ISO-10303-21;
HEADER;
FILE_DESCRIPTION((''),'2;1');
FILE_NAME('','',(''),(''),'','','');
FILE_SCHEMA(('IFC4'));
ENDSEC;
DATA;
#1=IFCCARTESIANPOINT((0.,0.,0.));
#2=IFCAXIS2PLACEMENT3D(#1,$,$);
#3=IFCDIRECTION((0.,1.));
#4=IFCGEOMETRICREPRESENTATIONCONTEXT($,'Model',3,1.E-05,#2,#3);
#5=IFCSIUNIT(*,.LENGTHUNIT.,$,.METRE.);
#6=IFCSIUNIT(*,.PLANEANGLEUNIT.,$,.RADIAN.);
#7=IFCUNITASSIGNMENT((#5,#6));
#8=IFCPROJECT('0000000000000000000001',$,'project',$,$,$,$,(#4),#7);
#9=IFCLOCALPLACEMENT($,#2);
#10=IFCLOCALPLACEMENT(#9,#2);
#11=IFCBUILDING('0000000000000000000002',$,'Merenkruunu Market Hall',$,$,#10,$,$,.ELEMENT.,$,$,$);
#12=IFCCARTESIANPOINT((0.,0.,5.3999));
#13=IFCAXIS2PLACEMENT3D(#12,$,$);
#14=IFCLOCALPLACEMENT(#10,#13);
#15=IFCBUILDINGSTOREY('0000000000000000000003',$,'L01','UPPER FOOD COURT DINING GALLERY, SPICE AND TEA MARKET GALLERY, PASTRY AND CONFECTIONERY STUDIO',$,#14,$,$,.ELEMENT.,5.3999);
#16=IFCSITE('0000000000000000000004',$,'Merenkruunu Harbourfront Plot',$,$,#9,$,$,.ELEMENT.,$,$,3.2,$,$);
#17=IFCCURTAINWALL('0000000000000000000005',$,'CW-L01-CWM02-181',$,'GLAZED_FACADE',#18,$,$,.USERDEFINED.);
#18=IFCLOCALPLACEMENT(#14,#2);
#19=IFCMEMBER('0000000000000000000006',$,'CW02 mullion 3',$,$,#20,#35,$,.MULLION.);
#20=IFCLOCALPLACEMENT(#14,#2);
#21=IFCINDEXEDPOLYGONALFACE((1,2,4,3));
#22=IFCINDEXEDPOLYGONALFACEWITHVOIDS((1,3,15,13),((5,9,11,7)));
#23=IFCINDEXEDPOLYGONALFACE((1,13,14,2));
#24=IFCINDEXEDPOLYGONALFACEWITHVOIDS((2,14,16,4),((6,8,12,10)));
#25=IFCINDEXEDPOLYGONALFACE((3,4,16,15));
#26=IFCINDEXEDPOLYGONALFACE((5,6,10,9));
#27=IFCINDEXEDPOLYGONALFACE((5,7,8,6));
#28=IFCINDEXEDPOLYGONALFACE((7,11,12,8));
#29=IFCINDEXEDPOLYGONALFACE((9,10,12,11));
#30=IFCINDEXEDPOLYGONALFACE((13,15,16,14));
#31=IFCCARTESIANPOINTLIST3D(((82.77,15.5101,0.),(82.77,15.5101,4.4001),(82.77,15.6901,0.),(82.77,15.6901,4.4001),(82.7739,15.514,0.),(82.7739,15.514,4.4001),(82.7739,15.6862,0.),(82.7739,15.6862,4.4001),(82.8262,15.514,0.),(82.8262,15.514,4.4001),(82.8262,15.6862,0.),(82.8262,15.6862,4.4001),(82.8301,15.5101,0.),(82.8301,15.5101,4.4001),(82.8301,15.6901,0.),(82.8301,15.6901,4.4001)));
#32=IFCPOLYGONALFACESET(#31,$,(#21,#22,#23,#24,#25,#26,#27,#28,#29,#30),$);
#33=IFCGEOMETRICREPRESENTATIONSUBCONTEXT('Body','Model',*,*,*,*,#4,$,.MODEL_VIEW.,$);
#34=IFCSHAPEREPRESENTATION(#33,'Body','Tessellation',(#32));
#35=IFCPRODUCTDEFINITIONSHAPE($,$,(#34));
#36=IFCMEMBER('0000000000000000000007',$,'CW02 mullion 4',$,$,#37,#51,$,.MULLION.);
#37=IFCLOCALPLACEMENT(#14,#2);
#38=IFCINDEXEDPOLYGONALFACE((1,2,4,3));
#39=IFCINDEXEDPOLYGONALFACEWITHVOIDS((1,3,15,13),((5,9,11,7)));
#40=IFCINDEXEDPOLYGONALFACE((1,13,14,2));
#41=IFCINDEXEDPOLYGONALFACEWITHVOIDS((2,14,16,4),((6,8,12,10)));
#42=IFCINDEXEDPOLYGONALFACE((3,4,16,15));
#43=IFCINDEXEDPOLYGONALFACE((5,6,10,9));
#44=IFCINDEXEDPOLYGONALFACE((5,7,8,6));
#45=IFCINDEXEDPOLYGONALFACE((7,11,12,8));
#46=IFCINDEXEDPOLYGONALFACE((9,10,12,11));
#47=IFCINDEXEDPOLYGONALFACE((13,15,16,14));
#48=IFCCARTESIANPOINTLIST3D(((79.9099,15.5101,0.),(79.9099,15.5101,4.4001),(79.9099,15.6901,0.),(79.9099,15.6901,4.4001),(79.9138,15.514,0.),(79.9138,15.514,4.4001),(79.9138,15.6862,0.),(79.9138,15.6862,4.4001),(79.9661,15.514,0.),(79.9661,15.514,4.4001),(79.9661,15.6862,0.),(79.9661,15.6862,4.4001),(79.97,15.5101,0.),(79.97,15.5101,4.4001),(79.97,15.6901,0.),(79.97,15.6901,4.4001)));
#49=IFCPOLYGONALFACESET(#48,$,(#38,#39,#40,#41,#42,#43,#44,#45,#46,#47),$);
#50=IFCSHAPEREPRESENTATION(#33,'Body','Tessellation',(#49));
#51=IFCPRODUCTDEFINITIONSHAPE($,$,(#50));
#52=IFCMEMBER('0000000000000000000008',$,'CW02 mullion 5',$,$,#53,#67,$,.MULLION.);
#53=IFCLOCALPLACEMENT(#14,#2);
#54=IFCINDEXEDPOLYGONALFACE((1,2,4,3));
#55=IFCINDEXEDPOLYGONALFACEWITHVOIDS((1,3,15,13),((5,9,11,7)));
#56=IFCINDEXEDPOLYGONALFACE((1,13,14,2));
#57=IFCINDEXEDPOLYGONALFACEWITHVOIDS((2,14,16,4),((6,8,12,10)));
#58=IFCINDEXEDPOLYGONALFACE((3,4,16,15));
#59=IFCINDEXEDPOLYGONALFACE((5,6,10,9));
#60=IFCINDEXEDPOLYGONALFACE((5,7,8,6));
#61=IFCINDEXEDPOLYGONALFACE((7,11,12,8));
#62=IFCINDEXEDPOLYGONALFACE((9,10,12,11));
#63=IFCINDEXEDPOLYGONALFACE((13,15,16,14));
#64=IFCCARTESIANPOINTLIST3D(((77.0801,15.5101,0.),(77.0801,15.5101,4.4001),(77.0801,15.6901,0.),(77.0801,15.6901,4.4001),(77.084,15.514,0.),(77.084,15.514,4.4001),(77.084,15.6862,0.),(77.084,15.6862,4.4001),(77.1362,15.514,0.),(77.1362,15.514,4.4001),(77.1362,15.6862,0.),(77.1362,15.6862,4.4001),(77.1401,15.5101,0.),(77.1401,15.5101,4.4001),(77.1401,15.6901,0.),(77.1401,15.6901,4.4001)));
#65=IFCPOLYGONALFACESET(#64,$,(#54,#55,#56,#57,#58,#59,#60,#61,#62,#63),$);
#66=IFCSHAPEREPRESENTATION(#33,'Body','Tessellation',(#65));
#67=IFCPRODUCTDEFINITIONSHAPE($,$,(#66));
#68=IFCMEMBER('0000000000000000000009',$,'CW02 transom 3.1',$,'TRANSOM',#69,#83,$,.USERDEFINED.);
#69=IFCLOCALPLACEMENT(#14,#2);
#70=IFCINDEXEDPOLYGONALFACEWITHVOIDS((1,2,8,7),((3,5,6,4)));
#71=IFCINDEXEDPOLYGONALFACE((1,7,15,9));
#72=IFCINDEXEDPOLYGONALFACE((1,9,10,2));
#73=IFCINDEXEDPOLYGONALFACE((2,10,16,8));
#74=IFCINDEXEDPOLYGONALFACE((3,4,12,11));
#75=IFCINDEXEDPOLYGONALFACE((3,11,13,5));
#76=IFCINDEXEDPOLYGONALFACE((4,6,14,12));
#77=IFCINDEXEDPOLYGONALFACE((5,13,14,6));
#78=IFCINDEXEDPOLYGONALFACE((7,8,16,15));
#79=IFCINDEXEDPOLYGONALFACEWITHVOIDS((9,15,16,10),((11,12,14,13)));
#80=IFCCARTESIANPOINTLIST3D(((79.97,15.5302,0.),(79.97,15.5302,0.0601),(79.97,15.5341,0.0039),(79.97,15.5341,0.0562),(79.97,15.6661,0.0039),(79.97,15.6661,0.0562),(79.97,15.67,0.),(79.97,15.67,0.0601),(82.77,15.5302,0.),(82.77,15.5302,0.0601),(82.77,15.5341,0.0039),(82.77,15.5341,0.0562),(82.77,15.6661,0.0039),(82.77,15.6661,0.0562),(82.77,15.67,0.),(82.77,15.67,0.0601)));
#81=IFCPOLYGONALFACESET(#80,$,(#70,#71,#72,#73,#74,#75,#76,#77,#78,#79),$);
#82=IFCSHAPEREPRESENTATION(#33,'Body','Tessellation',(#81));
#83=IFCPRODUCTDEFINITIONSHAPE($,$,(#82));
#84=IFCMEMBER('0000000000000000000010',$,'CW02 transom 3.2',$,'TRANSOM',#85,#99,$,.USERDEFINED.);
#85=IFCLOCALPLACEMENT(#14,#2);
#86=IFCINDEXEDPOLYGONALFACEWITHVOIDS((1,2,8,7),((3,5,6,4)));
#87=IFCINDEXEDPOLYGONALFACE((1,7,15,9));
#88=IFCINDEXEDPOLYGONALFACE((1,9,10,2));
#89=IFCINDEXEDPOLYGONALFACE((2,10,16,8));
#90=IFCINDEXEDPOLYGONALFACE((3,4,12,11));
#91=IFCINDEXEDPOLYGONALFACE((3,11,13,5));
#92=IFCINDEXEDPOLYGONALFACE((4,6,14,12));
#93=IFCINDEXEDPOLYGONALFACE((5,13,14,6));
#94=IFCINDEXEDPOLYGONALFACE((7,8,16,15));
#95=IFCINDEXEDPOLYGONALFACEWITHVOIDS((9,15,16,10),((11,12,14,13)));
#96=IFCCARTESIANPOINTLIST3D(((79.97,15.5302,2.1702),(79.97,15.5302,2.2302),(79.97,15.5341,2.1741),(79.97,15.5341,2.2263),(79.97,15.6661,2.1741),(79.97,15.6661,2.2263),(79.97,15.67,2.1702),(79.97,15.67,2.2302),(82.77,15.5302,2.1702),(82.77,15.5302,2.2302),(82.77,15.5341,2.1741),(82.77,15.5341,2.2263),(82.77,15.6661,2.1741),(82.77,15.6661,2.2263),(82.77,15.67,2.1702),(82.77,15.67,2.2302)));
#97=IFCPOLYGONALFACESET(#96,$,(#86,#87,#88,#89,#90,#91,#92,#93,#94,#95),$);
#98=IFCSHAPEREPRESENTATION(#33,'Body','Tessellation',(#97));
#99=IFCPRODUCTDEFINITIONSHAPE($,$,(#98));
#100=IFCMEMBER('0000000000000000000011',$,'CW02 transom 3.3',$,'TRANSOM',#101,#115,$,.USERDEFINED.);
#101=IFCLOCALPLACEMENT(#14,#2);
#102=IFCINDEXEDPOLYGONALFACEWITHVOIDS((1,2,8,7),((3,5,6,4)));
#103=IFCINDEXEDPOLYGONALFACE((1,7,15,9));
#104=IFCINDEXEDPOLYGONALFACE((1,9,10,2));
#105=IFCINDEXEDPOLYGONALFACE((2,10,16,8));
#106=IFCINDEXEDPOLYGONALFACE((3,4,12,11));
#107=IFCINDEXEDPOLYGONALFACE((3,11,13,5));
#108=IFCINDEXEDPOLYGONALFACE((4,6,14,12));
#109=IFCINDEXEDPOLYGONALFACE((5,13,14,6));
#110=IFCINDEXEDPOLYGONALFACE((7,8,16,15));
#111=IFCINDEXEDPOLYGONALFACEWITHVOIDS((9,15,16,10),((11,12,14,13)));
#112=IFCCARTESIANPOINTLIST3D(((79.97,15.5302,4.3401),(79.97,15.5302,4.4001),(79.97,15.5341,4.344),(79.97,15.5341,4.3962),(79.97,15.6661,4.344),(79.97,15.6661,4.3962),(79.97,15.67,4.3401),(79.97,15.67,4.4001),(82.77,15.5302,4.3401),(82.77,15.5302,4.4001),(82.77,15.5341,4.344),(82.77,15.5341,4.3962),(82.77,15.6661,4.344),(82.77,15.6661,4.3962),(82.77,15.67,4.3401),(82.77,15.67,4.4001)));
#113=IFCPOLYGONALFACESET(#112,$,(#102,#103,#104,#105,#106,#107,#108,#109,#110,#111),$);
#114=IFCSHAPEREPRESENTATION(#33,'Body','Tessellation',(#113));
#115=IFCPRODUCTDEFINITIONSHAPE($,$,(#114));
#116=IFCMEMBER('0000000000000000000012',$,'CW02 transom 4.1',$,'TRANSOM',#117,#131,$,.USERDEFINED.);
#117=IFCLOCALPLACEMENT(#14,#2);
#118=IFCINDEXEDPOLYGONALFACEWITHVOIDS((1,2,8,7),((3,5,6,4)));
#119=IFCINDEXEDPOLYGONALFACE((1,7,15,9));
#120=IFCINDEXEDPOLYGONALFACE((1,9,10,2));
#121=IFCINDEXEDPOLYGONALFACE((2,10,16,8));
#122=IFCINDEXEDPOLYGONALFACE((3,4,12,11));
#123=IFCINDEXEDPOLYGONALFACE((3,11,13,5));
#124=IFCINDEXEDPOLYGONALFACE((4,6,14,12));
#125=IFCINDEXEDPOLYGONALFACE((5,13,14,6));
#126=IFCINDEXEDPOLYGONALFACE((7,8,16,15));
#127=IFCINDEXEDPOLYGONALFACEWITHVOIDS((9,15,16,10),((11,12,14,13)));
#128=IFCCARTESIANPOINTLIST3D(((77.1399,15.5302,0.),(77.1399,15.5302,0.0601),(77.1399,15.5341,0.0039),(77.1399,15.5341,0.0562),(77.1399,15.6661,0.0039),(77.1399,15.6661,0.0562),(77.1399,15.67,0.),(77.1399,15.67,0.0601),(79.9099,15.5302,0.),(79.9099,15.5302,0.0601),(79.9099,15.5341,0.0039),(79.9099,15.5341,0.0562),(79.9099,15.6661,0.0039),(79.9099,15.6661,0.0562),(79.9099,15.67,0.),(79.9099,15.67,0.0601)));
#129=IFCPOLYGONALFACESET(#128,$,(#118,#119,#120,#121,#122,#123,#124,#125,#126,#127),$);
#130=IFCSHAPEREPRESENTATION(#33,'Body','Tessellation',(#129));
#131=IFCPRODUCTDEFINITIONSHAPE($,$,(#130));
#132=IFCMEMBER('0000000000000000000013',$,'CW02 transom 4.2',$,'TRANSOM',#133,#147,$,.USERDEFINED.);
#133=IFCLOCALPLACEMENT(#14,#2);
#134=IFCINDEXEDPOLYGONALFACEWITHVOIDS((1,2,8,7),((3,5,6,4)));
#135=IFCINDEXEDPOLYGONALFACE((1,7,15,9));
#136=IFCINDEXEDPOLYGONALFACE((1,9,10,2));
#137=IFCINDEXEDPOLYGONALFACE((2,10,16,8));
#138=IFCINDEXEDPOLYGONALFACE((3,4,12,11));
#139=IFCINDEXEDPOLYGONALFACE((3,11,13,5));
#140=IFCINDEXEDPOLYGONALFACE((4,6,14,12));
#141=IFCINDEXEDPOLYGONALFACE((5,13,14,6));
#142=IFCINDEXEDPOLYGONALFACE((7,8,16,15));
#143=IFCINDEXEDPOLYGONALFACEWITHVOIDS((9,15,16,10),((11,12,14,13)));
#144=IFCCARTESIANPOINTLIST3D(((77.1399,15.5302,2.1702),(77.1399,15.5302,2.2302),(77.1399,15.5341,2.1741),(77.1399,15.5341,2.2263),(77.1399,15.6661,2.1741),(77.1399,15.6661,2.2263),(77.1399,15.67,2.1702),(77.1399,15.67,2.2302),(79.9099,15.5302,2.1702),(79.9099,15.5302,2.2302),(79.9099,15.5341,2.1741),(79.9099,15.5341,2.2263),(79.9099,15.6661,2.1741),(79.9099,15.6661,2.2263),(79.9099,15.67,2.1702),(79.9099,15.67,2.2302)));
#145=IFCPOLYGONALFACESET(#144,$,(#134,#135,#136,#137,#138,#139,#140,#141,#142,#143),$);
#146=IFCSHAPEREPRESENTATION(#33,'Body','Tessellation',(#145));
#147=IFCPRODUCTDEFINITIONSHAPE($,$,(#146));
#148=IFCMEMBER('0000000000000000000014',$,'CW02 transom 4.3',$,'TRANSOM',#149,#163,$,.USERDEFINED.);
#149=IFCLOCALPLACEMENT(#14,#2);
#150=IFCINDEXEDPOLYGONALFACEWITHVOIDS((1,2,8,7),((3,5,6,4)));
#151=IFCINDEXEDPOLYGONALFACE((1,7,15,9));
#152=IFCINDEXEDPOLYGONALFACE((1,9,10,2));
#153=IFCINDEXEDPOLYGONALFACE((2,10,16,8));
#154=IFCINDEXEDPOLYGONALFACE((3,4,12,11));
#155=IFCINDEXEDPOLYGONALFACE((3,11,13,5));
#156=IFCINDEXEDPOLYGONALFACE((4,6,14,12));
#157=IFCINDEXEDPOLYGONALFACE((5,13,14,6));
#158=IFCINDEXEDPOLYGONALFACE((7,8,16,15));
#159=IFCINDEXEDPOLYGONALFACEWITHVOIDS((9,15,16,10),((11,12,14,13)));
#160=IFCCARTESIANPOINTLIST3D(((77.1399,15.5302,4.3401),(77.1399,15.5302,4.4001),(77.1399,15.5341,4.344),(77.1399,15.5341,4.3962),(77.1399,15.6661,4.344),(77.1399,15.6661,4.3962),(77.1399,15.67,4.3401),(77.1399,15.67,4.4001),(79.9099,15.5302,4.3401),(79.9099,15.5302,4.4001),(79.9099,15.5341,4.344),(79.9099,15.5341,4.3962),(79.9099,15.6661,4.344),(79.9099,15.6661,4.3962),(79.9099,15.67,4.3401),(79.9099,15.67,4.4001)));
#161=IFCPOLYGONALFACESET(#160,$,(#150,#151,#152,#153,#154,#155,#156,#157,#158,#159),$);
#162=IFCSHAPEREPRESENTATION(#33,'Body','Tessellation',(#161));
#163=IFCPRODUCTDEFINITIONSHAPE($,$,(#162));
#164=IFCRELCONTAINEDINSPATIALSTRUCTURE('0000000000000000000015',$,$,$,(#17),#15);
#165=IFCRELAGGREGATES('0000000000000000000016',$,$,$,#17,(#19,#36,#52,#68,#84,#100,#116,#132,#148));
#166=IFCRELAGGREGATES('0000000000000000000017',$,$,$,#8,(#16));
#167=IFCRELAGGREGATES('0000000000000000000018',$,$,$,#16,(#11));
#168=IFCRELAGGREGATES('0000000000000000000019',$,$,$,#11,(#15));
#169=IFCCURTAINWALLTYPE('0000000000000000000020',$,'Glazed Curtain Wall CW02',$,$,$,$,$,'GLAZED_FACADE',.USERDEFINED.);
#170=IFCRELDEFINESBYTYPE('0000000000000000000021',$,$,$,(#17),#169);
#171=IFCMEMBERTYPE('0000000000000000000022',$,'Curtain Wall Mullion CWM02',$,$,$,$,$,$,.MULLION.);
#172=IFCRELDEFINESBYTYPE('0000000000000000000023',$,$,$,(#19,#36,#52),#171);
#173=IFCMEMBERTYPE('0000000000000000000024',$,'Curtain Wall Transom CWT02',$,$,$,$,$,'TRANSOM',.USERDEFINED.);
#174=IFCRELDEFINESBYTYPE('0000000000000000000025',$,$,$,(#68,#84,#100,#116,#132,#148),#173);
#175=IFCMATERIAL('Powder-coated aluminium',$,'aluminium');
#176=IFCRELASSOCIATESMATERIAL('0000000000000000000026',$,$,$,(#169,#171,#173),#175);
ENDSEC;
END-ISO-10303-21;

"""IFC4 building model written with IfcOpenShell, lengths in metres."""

from ifc_helpers import new_model, si_unit, direction, frame, origin, origin_2d, place, context, subcontext, project, spatial, hollow_rectangle, extrude, material, material_profile, profile_set, type_object, element, aggregate, save


model = new_model("IFC4")

# Units and contexts
model_context = context("Model", 3, precision=1e-05, world=origin(), true_north=direction((0.0, 1.0)))
body_context = subcontext(model_context, "Body", "Model", "MODEL_VIEW")
ifc_project = project(units=[si_unit("LENGTHUNIT", "METRE"), si_unit("PLANEANGLEUNIT", "RADIAN")], contexts=[model_context])

# Site, building, storey
site_placement = place(None, origin())
site = spatial("IfcSite", under=ifc_project, at=site_placement, Name="Merenkruunu Harbourfront Plot", CompositionType="ELEMENT", RefElevation=3.2)
building_placement = place(site_placement, origin())
building = spatial("IfcBuilding", under=site, at=building_placement, Name="Merenkruunu Market Hall", CompositionType="ELEMENT")
storey_placement = place(building_placement, frame((0.0, 0.0, 5.3999)))
storey = spatial("IfcBuildingStorey", under=building, at=storey_placement, Name="L01", Description="UPPER FOOD COURT DINING GALLERY, SPICE AND TEA MARKET GALLERY, PASTRY AND CONFECTIONERY STUDIO", CompositionType="ELEMENT", Elevation=5.3999)

# Curtain wall, members
ifc_material_1 = material(Name="Powder-coated aluminium", Category="aluminium")
curtain_wall_type = type_object("IfcCurtainWallType", Name="Glazed Curtain Wall CW02", ElementType="GLAZED_FACADE", PredefinedType="USERDEFINED", material=ifc_material_1)
curtain_wall_placement = place(storey_placement, origin())
curtain_wall = element("IfcCurtainWall", 1, at=curtain_wall_placement, inside=storey, type_object=curtain_wall_type, Name="CW-L01-CWM02-181", ObjectType="GLAZED_FACADE", PredefinedType="USERDEFINED")
ifc_material_profile_1 = material_profile(ifc_material_1, hollow_rectangle(XDim=0.0601, YDim=0.1799, WallThickness=0.0039, at=origin_2d()), Name="ALU 60x180x4")
ifc_profile_set_1 = profile_set([ifc_material_profile_1], Name="Powder-coated aluminium")
member_type_1 = type_object("IfcMemberType", Name="Curtain Wall Mullion CWM02", PredefinedType="MULLION", material=ifc_profile_set_1)
member_1_placement = place(storey_placement, frame((82.8, 15.6001, 0.0), z_axis=(0.0, 0.0, 1.0), x_axis=(-1.0, 0.0, 0.0)))
member_1 = element("IfcMember", 2, at=member_1_placement, type_object=member_type_1, Name="CW02 mullion 3", PredefinedType="MULLION", context=body_context, shape_type="SweptSolid", body=[
    extrude(hollow_rectangle(XDim=0.0601, YDim=0.1799, WallThickness=0.0039, at=origin_2d()), origin(), (0.0, 0.0, 1.0), 4.4001),
])
member_2_placement = place(storey_placement, frame((79.9399, 15.6001, 0.0), z_axis=(0.0, 0.0, 1.0), x_axis=(-1.0, 0.0, 0.0)))
member_2 = element("IfcMember", 3, at=member_2_placement, type_object=member_type_1, Name="CW02 mullion 4", PredefinedType="MULLION", context=body_context, shape_type="SweptSolid", body=[
    extrude(hollow_rectangle(XDim=0.0601, YDim=0.1799, WallThickness=0.0039, at=origin_2d()), origin(), (0.0, 0.0, 1.0), 4.4001),
])
member_3_placement = place(storey_placement, frame((77.1101, 15.6001, 0.0), z_axis=(0.0, 0.0, 1.0), x_axis=(-1.0, 0.0, 0.0)))
member_3 = element("IfcMember", 4, at=member_3_placement, type_object=member_type_1, Name="CW02 mullion 5", PredefinedType="MULLION", context=body_context, shape_type="SweptSolid", body=[
    extrude(hollow_rectangle(XDim=0.0601, YDim=0.1799, WallThickness=0.0039, at=origin_2d()), origin(), (0.0, 0.0, 1.0), 4.4001),
])
ifc_material_profile_2 = material_profile(ifc_material_1, hollow_rectangle(XDim=0.0601, YDim=0.1399, WallThickness=0.0039, at=origin_2d()), Name="ALU 60x140x4")
ifc_profile_set_2 = profile_set([ifc_material_profile_2], Name="Powder-coated aluminium")
member_type_2 = type_object("IfcMemberType", Name="Curtain Wall Transom CWT02", ElementType="TRANSOM", PredefinedType="USERDEFINED", material=ifc_profile_set_2)
member_4_placement = place(storey_placement, frame((82.77, 15.6001, 0.03), z_axis=(-1.0, 0.0, 0.0), x_axis=(0.0, 0.0, 1.0)))
member_4 = element("IfcMember", 5, at=member_4_placement, type_object=member_type_2, Name="CW02 transom 3.1", ObjectType="TRANSOM", PredefinedType="USERDEFINED", context=body_context, shape_type="SweptSolid", body=[
    extrude(hollow_rectangle(XDim=0.0601, YDim=0.1399, WallThickness=0.0039, at=origin_2d()), origin(), (0.0, 0.0, 1.0), 2.8),
])
member_5_placement = place(storey_placement, frame((82.77, 15.6001, 2.2002), z_axis=(-1.0, 0.0, 0.0), x_axis=(0.0, 0.0, 1.0)))
member_5 = element("IfcMember", 6, at=member_5_placement, type_object=member_type_2, Name="CW02 transom 3.2", ObjectType="TRANSOM", PredefinedType="USERDEFINED", context=body_context, shape_type="SweptSolid", body=[
    extrude(hollow_rectangle(XDim=0.0601, YDim=0.1399, WallThickness=0.0039, at=origin_2d()), origin(), (0.0, 0.0, 1.0), 2.8),
])
member_6_placement = place(storey_placement, frame((82.77, 15.6001, 4.3701), z_axis=(-1.0, 0.0, 0.0), x_axis=(0.0, 0.0, 1.0)))
member_6 = element("IfcMember", 7, at=member_6_placement, type_object=member_type_2, Name="CW02 transom 3.3", ObjectType="TRANSOM", PredefinedType="USERDEFINED", context=body_context, shape_type="SweptSolid", body=[
    extrude(hollow_rectangle(XDim=0.0601, YDim=0.1399, WallThickness=0.0039, at=origin_2d()), origin(), (0.0, 0.0, 1.0), 2.8),
])
member_7_placement = place(storey_placement, frame((79.9099, 15.6001, 0.03), z_axis=(-1.0, 0.0, 0.0), x_axis=(0.0, 0.0, 1.0)))
member_7 = element("IfcMember", 8, at=member_7_placement, type_object=member_type_2, Name="CW02 transom 4.1", ObjectType="TRANSOM", PredefinedType="USERDEFINED", context=body_context, shape_type="SweptSolid", body=[
    extrude(hollow_rectangle(XDim=0.0601, YDim=0.1399, WallThickness=0.0039, at=origin_2d()), origin(), (0.0, 0.0, 1.0), 2.77),
])
member_8_placement = place(storey_placement, frame((79.9099, 15.6001, 2.2002), z_axis=(-1.0, 0.0, 0.0), x_axis=(0.0, 0.0, 1.0)))
member_8 = element("IfcMember", 9, at=member_8_placement, type_object=member_type_2, Name="CW02 transom 4.2", ObjectType="TRANSOM", PredefinedType="USERDEFINED", context=body_context, shape_type="SweptSolid", body=[
    extrude(hollow_rectangle(XDim=0.0601, YDim=0.1399, WallThickness=0.0039, at=origin_2d()), origin(), (0.0, 0.0, 1.0), 2.77),
])
member_9_placement = place(storey_placement, frame((79.9099, 15.6001, 4.3701), z_axis=(-1.0, 0.0, 0.0), x_axis=(0.0, 0.0, 1.0)))
member_9 = element("IfcMember", 10, at=member_9_placement, type_object=member_type_2, Name="CW02 transom 4.3", ObjectType="TRANSOM", PredefinedType="USERDEFINED", context=body_context, shape_type="SweptSolid", body=[
    extrude(hollow_rectangle(XDim=0.0601, YDim=0.1399, WallThickness=0.0039, at=origin_2d()), origin(), (0.0, 0.0, 1.0), 2.77),
])

aggregate(curtain_wall, [member_1, member_2, member_3, member_4, member_5, member_6, member_7, member_8, member_9])

save(model, "model.ifc")
